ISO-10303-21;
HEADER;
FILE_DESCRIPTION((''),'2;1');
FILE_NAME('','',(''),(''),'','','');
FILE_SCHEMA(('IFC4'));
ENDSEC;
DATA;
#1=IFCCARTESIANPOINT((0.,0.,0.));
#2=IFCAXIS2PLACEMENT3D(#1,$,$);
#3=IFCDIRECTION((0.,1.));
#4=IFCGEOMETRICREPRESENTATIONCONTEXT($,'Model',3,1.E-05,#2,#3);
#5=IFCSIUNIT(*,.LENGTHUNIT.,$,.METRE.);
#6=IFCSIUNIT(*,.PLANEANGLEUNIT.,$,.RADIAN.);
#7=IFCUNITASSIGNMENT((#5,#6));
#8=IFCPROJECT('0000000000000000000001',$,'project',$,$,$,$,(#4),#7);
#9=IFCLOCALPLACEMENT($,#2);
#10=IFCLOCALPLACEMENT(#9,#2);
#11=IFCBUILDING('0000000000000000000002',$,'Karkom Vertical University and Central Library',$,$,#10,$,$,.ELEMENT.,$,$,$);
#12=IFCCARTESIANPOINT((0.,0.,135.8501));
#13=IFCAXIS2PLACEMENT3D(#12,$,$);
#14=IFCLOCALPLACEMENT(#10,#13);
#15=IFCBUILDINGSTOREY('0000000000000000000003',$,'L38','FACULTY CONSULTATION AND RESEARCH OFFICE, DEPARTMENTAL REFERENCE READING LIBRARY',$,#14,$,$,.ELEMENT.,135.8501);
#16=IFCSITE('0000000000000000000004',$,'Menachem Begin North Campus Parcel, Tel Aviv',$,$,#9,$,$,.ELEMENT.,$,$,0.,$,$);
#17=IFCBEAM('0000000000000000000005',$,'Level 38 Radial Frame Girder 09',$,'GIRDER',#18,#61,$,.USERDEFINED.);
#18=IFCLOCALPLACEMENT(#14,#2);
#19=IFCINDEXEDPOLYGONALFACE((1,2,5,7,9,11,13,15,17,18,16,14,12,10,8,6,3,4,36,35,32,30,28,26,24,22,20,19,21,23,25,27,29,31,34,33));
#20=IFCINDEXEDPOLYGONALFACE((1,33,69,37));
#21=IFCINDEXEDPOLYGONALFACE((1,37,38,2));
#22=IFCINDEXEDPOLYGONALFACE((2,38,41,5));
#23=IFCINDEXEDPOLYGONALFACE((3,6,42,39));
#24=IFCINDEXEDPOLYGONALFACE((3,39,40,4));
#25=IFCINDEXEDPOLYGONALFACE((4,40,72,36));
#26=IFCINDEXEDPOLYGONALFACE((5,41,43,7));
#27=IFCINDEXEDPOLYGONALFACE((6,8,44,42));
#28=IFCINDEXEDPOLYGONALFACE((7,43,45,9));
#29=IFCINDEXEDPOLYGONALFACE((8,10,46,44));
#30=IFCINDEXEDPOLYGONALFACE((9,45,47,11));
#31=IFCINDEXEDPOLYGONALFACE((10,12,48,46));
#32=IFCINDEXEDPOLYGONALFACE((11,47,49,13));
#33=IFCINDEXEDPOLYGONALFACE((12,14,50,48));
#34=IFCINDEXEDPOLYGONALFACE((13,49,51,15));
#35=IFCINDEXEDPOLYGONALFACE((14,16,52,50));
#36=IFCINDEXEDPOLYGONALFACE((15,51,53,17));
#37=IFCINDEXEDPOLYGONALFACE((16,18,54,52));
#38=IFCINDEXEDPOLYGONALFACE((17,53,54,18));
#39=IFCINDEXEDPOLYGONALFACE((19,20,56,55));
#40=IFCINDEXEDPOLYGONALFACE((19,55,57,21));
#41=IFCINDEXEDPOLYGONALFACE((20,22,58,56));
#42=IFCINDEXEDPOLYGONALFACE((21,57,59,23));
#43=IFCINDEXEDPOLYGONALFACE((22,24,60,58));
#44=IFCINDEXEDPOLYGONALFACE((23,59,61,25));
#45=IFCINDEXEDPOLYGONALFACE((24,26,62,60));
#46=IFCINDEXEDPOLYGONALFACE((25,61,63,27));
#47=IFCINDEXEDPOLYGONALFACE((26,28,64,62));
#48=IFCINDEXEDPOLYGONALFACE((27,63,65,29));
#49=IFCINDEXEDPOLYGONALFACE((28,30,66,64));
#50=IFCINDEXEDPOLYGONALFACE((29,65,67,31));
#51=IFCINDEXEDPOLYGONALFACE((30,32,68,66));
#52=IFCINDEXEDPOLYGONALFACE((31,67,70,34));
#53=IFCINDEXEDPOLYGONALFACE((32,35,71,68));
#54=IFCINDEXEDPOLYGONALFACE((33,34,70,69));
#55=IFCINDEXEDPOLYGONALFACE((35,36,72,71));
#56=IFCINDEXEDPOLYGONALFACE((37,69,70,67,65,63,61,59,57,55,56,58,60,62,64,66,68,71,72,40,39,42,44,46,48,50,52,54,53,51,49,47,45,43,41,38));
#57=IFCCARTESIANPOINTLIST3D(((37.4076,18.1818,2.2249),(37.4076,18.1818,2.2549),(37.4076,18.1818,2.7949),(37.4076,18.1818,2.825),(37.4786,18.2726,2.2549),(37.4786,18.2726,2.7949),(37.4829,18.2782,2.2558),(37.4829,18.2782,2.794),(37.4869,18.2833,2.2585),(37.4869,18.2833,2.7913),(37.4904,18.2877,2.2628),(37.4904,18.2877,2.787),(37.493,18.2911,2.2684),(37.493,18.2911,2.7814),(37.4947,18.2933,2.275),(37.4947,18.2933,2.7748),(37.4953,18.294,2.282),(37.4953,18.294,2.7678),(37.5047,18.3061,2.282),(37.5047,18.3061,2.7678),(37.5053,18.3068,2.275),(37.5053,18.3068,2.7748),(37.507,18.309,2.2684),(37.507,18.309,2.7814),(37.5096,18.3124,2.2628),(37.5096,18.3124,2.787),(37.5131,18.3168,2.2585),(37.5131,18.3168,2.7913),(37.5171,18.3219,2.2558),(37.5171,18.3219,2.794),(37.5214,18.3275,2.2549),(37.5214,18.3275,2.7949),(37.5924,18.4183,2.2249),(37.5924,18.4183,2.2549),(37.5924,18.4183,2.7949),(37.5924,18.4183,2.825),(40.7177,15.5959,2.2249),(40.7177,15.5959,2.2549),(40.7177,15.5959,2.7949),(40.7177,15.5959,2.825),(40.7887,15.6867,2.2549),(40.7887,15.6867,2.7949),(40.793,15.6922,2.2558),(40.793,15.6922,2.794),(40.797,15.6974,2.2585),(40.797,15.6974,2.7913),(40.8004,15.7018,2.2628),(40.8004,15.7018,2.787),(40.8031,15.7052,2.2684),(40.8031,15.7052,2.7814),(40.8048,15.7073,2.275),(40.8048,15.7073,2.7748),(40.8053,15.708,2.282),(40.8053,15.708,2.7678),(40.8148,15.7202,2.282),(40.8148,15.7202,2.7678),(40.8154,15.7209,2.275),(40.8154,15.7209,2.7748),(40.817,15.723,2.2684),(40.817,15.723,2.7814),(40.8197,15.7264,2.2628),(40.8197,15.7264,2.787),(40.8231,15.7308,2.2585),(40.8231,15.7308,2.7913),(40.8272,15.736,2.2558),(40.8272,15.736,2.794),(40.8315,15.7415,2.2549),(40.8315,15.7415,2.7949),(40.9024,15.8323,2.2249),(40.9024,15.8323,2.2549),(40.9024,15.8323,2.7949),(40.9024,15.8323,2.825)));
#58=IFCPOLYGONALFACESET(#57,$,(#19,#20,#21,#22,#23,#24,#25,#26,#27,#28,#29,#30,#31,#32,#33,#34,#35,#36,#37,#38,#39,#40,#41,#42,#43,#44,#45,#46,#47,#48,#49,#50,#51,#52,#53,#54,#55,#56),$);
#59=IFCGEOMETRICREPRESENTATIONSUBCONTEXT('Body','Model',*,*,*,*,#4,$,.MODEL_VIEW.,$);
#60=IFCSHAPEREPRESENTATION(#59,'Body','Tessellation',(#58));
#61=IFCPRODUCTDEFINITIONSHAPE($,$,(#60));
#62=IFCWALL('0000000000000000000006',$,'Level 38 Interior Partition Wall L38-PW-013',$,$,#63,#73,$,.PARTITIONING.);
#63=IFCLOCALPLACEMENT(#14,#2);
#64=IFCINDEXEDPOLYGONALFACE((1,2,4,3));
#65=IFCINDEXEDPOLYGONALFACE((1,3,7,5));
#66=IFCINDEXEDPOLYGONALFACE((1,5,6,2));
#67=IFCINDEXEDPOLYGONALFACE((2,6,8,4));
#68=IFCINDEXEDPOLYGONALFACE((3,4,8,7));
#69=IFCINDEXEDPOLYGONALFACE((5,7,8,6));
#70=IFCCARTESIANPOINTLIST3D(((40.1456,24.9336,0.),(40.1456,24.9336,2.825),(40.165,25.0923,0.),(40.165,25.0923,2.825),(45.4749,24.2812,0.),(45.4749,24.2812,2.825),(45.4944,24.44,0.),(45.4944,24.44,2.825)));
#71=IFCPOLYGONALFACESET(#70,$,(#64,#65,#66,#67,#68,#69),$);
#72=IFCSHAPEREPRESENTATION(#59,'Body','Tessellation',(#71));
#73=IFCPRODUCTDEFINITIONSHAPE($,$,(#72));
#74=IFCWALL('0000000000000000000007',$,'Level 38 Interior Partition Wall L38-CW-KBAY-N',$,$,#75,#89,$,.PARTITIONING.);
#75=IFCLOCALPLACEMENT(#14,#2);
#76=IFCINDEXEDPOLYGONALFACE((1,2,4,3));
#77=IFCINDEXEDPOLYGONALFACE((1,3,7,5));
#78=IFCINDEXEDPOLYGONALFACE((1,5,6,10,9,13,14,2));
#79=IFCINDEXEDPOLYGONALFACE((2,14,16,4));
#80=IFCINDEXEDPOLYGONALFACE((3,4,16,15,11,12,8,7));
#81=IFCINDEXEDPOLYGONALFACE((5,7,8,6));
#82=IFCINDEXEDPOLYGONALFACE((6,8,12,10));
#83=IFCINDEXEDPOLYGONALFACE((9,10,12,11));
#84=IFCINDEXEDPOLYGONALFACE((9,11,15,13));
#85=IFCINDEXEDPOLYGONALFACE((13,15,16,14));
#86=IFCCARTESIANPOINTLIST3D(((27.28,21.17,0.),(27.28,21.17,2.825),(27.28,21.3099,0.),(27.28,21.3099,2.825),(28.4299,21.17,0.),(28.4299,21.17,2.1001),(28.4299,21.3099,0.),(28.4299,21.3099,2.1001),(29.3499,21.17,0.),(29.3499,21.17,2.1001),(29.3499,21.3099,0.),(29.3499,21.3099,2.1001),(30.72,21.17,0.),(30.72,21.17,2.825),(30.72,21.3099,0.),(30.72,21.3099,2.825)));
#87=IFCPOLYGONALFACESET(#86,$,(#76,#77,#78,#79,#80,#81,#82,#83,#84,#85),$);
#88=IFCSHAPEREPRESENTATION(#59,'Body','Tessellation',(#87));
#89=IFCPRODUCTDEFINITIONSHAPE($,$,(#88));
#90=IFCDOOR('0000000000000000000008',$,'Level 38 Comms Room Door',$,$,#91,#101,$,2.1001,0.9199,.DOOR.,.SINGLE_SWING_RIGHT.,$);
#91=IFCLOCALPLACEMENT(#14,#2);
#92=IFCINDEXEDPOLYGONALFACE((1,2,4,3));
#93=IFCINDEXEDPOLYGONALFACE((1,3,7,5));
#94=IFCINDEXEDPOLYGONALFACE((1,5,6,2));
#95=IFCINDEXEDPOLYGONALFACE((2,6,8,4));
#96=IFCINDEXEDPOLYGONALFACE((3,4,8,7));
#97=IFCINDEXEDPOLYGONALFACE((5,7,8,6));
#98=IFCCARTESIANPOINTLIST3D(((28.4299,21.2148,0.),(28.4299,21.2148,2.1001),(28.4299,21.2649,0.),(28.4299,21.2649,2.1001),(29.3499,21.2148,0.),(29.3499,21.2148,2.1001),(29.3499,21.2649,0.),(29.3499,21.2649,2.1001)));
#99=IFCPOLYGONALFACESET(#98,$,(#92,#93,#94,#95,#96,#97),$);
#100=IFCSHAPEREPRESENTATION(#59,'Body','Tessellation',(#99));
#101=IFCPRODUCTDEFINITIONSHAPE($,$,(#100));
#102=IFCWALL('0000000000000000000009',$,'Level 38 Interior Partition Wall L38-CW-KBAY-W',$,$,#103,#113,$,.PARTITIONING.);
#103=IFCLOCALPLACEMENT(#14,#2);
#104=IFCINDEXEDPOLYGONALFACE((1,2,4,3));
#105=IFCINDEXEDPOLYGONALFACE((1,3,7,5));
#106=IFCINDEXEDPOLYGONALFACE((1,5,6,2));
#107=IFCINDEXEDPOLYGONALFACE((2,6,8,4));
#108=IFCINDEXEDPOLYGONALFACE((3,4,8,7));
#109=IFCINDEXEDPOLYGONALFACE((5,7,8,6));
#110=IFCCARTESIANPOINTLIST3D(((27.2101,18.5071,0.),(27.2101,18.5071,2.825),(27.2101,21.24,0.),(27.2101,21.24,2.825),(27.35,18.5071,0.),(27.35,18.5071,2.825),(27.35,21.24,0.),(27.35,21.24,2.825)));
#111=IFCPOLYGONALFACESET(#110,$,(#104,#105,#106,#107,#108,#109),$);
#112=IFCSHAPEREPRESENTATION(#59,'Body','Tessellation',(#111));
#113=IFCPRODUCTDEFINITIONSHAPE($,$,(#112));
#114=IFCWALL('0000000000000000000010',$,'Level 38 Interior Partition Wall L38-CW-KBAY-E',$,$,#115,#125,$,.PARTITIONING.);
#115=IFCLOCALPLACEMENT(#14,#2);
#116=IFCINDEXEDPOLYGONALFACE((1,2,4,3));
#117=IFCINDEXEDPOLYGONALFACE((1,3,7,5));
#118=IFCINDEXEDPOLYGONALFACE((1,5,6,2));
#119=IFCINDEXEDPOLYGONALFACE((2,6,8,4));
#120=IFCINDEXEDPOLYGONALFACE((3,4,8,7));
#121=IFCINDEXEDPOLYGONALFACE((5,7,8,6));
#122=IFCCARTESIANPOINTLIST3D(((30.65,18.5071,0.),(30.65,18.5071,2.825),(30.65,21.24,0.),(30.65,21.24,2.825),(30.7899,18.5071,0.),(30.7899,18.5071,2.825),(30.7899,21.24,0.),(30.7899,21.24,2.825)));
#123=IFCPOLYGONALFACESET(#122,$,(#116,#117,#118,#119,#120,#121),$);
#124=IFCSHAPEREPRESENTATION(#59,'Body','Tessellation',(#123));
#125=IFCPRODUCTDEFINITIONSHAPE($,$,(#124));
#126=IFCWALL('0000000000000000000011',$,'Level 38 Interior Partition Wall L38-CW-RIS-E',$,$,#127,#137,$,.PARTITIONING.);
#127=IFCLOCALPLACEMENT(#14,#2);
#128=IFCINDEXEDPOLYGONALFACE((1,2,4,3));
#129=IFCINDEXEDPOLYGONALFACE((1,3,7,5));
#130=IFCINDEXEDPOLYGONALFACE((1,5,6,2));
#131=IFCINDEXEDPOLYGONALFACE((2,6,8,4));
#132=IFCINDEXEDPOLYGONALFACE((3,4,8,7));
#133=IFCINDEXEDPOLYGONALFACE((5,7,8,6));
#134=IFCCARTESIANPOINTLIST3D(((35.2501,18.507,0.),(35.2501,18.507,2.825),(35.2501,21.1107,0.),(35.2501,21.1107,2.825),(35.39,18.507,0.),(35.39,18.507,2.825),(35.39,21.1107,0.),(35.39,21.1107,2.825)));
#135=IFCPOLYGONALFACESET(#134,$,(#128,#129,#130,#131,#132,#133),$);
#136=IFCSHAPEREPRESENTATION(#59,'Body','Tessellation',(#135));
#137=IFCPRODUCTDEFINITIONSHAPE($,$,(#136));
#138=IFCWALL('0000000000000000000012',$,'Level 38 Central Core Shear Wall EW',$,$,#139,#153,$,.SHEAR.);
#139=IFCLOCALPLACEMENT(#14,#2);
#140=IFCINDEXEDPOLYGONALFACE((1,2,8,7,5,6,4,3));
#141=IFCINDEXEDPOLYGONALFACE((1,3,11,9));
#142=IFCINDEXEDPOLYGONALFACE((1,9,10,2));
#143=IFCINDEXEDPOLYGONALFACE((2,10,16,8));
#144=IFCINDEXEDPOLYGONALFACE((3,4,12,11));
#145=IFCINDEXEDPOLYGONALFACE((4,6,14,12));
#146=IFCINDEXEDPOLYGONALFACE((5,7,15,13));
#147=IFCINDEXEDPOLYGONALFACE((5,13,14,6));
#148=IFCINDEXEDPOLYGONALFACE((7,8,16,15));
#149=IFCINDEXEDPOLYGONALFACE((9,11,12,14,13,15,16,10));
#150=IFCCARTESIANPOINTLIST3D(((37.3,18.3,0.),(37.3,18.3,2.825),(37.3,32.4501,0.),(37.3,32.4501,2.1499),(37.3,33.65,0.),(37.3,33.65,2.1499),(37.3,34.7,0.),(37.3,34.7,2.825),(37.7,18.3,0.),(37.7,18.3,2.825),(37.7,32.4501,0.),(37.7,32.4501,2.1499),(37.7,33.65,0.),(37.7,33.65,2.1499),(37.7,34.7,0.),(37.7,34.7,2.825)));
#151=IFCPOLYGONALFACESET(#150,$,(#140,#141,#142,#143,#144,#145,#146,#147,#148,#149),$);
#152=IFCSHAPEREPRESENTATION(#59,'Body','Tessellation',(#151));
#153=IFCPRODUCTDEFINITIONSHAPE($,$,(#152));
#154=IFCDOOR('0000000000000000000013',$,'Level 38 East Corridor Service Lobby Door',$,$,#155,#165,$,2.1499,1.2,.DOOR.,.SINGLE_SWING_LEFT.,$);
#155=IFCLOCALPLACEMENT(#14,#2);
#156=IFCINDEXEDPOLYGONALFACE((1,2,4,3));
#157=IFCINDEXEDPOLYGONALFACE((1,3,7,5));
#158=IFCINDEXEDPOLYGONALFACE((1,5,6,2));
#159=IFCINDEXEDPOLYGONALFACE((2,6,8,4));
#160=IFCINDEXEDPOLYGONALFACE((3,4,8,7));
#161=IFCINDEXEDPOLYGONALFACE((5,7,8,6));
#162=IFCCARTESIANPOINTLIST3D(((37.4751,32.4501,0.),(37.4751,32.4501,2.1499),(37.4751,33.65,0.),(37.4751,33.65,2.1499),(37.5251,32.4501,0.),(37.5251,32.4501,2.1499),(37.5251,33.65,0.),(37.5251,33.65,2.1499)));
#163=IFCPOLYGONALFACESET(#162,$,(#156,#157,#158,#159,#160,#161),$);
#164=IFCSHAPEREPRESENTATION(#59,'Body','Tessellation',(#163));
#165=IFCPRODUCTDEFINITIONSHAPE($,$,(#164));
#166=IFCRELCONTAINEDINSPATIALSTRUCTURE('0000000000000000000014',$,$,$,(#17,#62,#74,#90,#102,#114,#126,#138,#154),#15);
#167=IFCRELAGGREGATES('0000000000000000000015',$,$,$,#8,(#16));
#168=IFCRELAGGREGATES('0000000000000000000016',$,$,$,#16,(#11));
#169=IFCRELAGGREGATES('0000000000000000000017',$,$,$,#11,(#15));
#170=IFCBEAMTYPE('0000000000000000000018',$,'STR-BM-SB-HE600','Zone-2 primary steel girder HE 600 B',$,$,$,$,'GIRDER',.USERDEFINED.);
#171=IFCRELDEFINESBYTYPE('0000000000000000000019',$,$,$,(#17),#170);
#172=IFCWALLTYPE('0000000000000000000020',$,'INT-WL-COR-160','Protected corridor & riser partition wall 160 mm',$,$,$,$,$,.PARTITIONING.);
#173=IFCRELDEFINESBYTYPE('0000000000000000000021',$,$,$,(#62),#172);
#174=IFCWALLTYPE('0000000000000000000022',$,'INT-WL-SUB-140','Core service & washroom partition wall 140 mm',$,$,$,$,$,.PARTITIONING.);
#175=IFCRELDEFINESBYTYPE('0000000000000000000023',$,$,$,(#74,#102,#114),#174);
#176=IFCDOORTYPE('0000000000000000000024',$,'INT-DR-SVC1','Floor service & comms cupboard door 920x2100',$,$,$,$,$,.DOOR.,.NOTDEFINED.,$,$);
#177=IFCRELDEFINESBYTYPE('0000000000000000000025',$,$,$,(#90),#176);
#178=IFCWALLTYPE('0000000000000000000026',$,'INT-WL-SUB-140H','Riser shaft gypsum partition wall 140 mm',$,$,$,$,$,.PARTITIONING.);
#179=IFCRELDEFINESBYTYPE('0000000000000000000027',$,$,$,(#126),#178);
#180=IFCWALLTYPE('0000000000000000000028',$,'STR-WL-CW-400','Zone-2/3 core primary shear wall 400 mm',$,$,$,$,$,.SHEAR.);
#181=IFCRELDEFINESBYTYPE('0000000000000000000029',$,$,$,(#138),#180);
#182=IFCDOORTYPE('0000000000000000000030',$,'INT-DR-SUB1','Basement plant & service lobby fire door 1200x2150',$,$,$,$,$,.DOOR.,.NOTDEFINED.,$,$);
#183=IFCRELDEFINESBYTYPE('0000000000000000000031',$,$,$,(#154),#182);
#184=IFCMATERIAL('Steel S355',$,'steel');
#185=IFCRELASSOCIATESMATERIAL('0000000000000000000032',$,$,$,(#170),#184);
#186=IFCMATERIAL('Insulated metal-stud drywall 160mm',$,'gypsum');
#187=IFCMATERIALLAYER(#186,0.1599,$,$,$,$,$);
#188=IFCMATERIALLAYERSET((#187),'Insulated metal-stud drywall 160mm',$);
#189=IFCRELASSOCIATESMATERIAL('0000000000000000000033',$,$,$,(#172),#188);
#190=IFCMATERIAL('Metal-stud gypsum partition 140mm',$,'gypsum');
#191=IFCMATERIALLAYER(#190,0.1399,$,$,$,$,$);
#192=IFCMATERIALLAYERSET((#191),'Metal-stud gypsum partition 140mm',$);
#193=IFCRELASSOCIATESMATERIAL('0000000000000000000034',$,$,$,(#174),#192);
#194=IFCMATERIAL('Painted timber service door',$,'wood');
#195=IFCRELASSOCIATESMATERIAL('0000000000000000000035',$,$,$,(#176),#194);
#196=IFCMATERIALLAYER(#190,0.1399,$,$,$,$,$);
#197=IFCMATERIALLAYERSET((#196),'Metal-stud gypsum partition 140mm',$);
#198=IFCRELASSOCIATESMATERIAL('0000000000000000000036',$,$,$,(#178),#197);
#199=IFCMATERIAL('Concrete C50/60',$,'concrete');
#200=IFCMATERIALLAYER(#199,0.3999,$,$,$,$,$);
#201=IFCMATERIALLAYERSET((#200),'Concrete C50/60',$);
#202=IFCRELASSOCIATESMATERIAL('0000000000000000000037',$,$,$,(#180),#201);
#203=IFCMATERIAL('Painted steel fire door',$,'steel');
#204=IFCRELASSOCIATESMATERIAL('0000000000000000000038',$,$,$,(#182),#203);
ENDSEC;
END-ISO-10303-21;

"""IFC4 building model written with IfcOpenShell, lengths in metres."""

from ifc_helpers import new_model, si_unit, direction, frame, frame_2d, origin, origin_with_axes, origin_2d, place, context, subcontext, project, spatial, rectangle, i_section, extrude, source, transform, mapped, material, layer, layer_set, material_profile, profile_set, type_object, element, fill, save


model = new_model("IFC4")

# Units and contexts
model_context = context("Model", 3, precision=1e-05, world=origin(), true_north=direction((0.0, 1.0)))
body_context = subcontext(model_context, "Body", "Model", "MODEL_VIEW")
ifc_project = project(units=[si_unit("LENGTHUNIT", "METRE"), si_unit("PLANEANGLEUNIT", "RADIAN")], contexts=[model_context])

# Site, building, storey
site_placement = place(None, origin())
site = spatial("IfcSite", under=ifc_project, at=site_placement, Name="Menachem Begin North Campus Parcel, Tel Aviv", CompositionType="ELEMENT", RefElevation=0.0)
building_placement = place(site_placement, origin())
building = spatial("IfcBuilding", under=site, at=building_placement, Name="Karkom Vertical University and Central Library", CompositionType="ELEMENT")
storey_placement = place(building_placement, frame((0.0, 0.0, 135.8501)))
storey = spatial("IfcBuildingStorey", under=building, at=storey_placement, Name="L38", Description="FACULTY CONSULTATION AND RESEARCH OFFICE, DEPARTMENTAL REFERENCE READING LIBRARY", CompositionType="ELEMENT", Elevation=135.8501)

# Shared definitions
ifc_material_1 = material(Name="Concrete C50/60", Category="concrete")

# Beam
ifc_material_2 = material(Name="Steel S355", Category="steel")
ifc_material_profile_1 = material_profile(ifc_material_2, i_section(OverallWidth=0.3, OverallDepth=0.6001, WebThickness=0.0154, FlangeThickness=0.03, FilletRadius=0.0271, at=origin_2d()), Name="HE 600 B")
ifc_profile_set_1 = profile_set([ifc_material_profile_1], Name="Steel S355")
beam_type_1 = type_object("IfcBeamType", Name="STR-BM-SB-HE600", Description="Zone-2 primary steel girder HE 600 B", ElementType="GIRDER", PredefinedType="USERDEFINED", material=ifc_profile_set_1)
shared_shape_1 = source(origin_with_axes(), body_context, "Body", "SweptSolid", [
    extrude(i_section(OverallWidth=0.3, OverallDepth=0.6001, WebThickness=0.0154, FlangeThickness=0.03, FilletRadius=0.0271, at=origin_2d()), origin(), (0.0, 0.0, 1.0), 4.2004),
])
beam_1_placement = place(storey_placement, frame((37.5, 18.3, 2.5249), z_axis=(0.78803, -0.615637, 0.0), x_axis=(0.615637, 0.78803, 0.0)))
element("IfcBeam", 1, at=beam_1_placement, inside=storey, type_object=beam_type_1, Name="Level 38 Radial Frame Girder 09", ObjectType="GIRDER", PredefinedType="USERDEFINED", context=body_context, shape_type="MappedRepresentation", body=[
    mapped(shared_shape_1, transform((0.0, 0.0, 0.0), scale=1.0)),
])

# Wall
ifc_material_3 = material(Name="Insulated metal-stud drywall 160mm", Category="gypsum")
ifc_layer_1 = layer(ifc_material_3, 0.1599)
ifc_layer_set_1 = layer_set([ifc_layer_1], Name="Insulated metal-stud drywall 160mm")
wall_type_1 = type_object("IfcWallType", Name="INT-WL-COR-160", Description="Protected corridor & riser partition wall 160 mm", PredefinedType="PARTITIONING", material=ifc_layer_set_1)
wall_1_placement = place(storey_placement, frame((40.1553, 25.0129, 0.0), z_axis=(0.0, 0.0, 1.0), x_axis=(0.992592, -0.121499, 0.0)))
element("IfcWall", 2, at=wall_1_placement, inside=storey, type_object=wall_type_1, Name="Level 38 Interior Partition Wall L38-PW-013", PredefinedType="PARTITIONING", context=body_context, shape_type="SweptSolid", body=[
    extrude(rectangle(XDim=5.3691, YDim=0.1599, at=frame_2d((2.6846, 0.0))), origin(), (0.0, 0.0, 1.0), 2.825),
])

# Wall, opening, door
ifc_material_4 = material(Name="Metal-stud gypsum partition 140mm", Category="gypsum")
ifc_layer_2 = layer(ifc_material_4, 0.1399)
ifc_layer_set_2 = layer_set([ifc_layer_2], Name="Metal-stud gypsum partition 140mm")
wall_type_2 = type_object("IfcWallType", Name="INT-WL-SUB-140", Description="Core service & washroom partition wall 140 mm", PredefinedType="PARTITIONING", material=ifc_layer_set_2)
wall_2_placement = place(storey_placement, frame((27.28, 21.24, 0.0), z_axis=(0.0, 0.0, 1.0), x_axis=(1.0, 0.0, 0.0)))
wall_2 = element("IfcWall", 3, at=wall_2_placement, inside=storey, type_object=wall_type_2, Name="Level 38 Interior Partition Wall L38-CW-KBAY-N", PredefinedType="PARTITIONING", context=body_context, shape_type="SweptSolid", body=[
    extrude(rectangle(XDim=3.4399, YDim=0.1399, at=frame_2d((1.72, 0.0))), origin(), (0.0, 0.0, 1.0), 2.825),
])
opening_1_placement = place(wall_2_placement, frame((1.1499, 0.0, 0.0)))
opening_1 = element("IfcOpeningElement", 4, at=opening_1_placement, cuts=wall_2, PredefinedType="OPENING", context=body_context, shape_type="SweptSolid", body=[
    extrude(rectangle(XDim=0.9199, YDim=2.1001, at=frame_2d((0.46, 1.05))), frame((0.0, 0.0801, 0.0), z_axis=(0.0, -1.0, 0.0), x_axis=(1.0, 0.0, 0.0)), (0.0, 0.0, 1.0), 0.1599),
])
ifc_material_5 = material(Name="Painted timber service door", Category="wood")
door_type_1 = type_object("IfcDoorType", Name="INT-DR-SVC1", Description="Floor service & comms cupboard door 920x2100", OperationType="NOTDEFINED", PredefinedType="DOOR", material=ifc_material_5)
shared_shape_2 = source(origin_with_axes(), body_context, "Body", "SweptSolid", [
    extrude(rectangle(XDim=0.9199, YDim=2.1001, at=frame_2d((0.46, 1.05))), frame((0.0, 0.0249, 0.0), z_axis=(0.0, -1.0, 0.0), x_axis=(1.0, 0.0, 0.0)), (0.0, 0.0, 1.0), 0.05),
])
door_1_placement = place(opening_1_placement, origin())
door_1 = element("IfcDoor", 5, at=door_1_placement, inside=storey, type_object=door_type_1, Name="Level 38 Comms Room Door", OperationType="SINGLE_SWING_RIGHT", OverallHeight=2.1001, OverallWidth=0.9199, PredefinedType="DOOR", context=body_context, shape_type="MappedRepresentation", body=[
    mapped(shared_shape_2, transform((0.0, 0.0, 0.0), scale=1.0)),
])
fill(opening_1, door_1)

# Walls
for number, where, z_axis, x_axis, name in (
    (6, (27.28, 18.5071, 0.0), (0.0, 0.0, 1.0), (0.0, 1.0, 0.0), "Level 38 Interior Partition Wall L38-CW-KBAY-W"),
    (7, (30.72, 18.5071, 0.0), (0.0, 0.0, 1.0), (0.0, 1.0, 0.0), "Level 38 Interior Partition Wall L38-CW-KBAY-E"),
):
    element("IfcWall", number, at=place(storey_placement, frame(where, z_axis=z_axis, x_axis=x_axis)), inside=storey, type_object=wall_type_2, Name=name, PredefinedType="PARTITIONING", context=body_context, shape_type="SweptSolid", body=[
        extrude(rectangle(XDim=2.7329, YDim=0.1399, at=frame_2d((1.3665, 0.0))), origin(), (0.0, 0.0, 1.0), 2.825),
    ])
ifc_layer_3 = layer(ifc_material_4, 0.1399)
ifc_layer_set_3 = layer_set([ifc_layer_3], Name="Metal-stud gypsum partition 140mm")
wall_type_3 = type_object("IfcWallType", Name="INT-WL-SUB-140H", Description="Riser shaft gypsum partition wall 140 mm", PredefinedType="PARTITIONING", material=ifc_layer_set_3)
wall_3_placement = place(storey_placement, frame((35.3201, 18.5071, 0.0), z_axis=(0.0, 0.0, 1.0), x_axis=(0.0, 1.0, 0.0)))
element("IfcWall", 8, at=wall_3_placement, inside=storey, type_object=wall_type_3, Name="Level 38 Interior Partition Wall L38-CW-RIS-E", PredefinedType="PARTITIONING", context=body_context, shape_type="SweptSolid", body=[
    extrude(rectangle(XDim=2.6038, YDim=0.1399, at=frame_2d((1.3018, 0.0))), origin(), (0.0, 0.0, 1.0), 2.825),
])

# Wall, opening, door
ifc_layer_4 = layer(ifc_material_1, 0.3999)
ifc_layer_set_4 = layer_set([ifc_layer_4], Name="Concrete C50/60")
wall_type_4 = type_object("IfcWallType", Name="STR-WL-CW-400", Description="Zone-2/3 core primary shear wall 400 mm", PredefinedType="SHEAR", material=ifc_layer_set_4)
wall_4_placement = place(storey_placement, frame((37.5, 18.3, 0.0), z_axis=(0.0, 0.0, 1.0), x_axis=(0.0, 1.0, 0.0)))
wall_4 = element("IfcWall", 9, at=wall_4_placement, inside=storey, type_object=wall_type_4, Name="Level 38 Central Core Shear Wall EW", PredefinedType="SHEAR", context=body_context, shape_type="SweptSolid", body=[
    extrude(rectangle(XDim=16.3999, YDim=0.3999, at=frame_2d((8.2, 0.0))), origin(), (0.0, 0.0, 1.0), 2.825),
])
opening_2_placement = place(wall_4_placement, frame((14.1499, 0.0, 0.0)))
opening_2 = element("IfcOpeningElement", 10, at=opening_2_placement, cuts=wall_4, PredefinedType="OPENING", context=body_context, shape_type="SweptSolid", body=[
    extrude(rectangle(XDim=1.2, YDim=2.1499, at=frame_2d((0.6001, 1.075))), frame((0.0, 0.21, 0.0), z_axis=(0.0, -1.0, 0.0), x_axis=(1.0, 0.0, 0.0)), (0.0, 0.0, 1.0), 0.4199),
])
ifc_material_6 = material(Name="Painted steel fire door", Category="steel")
door_type_2 = type_object("IfcDoorType", Name="INT-DR-SUB1", Description="Basement plant & service lobby fire door 1200x2150", OperationType="NOTDEFINED", PredefinedType="DOOR", material=ifc_material_6)
shared_shape_3 = source(origin_with_axes(), body_context, "Body", "SweptSolid", [
    extrude(rectangle(XDim=1.2, YDim=2.1499, at=frame_2d((0.6001, 1.075))), frame((0.0, 0.0249, 0.0), z_axis=(0.0, -1.0, 0.0), x_axis=(1.0, 0.0, 0.0)), (0.0, 0.0, 1.0), 0.05),
])
door_2_placement = place(opening_2_placement, origin())
door_2 = element("IfcDoor", 11, at=door_2_placement, inside=storey, type_object=door_type_2, Name="Level 38 East Corridor Service Lobby Door", OperationType="SINGLE_SWING_LEFT", OverallHeight=2.1499, OverallWidth=1.2, PredefinedType="DOOR", context=body_context, shape_type="MappedRepresentation", body=[
    mapped(shared_shape_3, transform((0.0, 0.0, 0.0), scale=1.0)),
])
fill(opening_2, door_2)

save(model, "model.ifc")
